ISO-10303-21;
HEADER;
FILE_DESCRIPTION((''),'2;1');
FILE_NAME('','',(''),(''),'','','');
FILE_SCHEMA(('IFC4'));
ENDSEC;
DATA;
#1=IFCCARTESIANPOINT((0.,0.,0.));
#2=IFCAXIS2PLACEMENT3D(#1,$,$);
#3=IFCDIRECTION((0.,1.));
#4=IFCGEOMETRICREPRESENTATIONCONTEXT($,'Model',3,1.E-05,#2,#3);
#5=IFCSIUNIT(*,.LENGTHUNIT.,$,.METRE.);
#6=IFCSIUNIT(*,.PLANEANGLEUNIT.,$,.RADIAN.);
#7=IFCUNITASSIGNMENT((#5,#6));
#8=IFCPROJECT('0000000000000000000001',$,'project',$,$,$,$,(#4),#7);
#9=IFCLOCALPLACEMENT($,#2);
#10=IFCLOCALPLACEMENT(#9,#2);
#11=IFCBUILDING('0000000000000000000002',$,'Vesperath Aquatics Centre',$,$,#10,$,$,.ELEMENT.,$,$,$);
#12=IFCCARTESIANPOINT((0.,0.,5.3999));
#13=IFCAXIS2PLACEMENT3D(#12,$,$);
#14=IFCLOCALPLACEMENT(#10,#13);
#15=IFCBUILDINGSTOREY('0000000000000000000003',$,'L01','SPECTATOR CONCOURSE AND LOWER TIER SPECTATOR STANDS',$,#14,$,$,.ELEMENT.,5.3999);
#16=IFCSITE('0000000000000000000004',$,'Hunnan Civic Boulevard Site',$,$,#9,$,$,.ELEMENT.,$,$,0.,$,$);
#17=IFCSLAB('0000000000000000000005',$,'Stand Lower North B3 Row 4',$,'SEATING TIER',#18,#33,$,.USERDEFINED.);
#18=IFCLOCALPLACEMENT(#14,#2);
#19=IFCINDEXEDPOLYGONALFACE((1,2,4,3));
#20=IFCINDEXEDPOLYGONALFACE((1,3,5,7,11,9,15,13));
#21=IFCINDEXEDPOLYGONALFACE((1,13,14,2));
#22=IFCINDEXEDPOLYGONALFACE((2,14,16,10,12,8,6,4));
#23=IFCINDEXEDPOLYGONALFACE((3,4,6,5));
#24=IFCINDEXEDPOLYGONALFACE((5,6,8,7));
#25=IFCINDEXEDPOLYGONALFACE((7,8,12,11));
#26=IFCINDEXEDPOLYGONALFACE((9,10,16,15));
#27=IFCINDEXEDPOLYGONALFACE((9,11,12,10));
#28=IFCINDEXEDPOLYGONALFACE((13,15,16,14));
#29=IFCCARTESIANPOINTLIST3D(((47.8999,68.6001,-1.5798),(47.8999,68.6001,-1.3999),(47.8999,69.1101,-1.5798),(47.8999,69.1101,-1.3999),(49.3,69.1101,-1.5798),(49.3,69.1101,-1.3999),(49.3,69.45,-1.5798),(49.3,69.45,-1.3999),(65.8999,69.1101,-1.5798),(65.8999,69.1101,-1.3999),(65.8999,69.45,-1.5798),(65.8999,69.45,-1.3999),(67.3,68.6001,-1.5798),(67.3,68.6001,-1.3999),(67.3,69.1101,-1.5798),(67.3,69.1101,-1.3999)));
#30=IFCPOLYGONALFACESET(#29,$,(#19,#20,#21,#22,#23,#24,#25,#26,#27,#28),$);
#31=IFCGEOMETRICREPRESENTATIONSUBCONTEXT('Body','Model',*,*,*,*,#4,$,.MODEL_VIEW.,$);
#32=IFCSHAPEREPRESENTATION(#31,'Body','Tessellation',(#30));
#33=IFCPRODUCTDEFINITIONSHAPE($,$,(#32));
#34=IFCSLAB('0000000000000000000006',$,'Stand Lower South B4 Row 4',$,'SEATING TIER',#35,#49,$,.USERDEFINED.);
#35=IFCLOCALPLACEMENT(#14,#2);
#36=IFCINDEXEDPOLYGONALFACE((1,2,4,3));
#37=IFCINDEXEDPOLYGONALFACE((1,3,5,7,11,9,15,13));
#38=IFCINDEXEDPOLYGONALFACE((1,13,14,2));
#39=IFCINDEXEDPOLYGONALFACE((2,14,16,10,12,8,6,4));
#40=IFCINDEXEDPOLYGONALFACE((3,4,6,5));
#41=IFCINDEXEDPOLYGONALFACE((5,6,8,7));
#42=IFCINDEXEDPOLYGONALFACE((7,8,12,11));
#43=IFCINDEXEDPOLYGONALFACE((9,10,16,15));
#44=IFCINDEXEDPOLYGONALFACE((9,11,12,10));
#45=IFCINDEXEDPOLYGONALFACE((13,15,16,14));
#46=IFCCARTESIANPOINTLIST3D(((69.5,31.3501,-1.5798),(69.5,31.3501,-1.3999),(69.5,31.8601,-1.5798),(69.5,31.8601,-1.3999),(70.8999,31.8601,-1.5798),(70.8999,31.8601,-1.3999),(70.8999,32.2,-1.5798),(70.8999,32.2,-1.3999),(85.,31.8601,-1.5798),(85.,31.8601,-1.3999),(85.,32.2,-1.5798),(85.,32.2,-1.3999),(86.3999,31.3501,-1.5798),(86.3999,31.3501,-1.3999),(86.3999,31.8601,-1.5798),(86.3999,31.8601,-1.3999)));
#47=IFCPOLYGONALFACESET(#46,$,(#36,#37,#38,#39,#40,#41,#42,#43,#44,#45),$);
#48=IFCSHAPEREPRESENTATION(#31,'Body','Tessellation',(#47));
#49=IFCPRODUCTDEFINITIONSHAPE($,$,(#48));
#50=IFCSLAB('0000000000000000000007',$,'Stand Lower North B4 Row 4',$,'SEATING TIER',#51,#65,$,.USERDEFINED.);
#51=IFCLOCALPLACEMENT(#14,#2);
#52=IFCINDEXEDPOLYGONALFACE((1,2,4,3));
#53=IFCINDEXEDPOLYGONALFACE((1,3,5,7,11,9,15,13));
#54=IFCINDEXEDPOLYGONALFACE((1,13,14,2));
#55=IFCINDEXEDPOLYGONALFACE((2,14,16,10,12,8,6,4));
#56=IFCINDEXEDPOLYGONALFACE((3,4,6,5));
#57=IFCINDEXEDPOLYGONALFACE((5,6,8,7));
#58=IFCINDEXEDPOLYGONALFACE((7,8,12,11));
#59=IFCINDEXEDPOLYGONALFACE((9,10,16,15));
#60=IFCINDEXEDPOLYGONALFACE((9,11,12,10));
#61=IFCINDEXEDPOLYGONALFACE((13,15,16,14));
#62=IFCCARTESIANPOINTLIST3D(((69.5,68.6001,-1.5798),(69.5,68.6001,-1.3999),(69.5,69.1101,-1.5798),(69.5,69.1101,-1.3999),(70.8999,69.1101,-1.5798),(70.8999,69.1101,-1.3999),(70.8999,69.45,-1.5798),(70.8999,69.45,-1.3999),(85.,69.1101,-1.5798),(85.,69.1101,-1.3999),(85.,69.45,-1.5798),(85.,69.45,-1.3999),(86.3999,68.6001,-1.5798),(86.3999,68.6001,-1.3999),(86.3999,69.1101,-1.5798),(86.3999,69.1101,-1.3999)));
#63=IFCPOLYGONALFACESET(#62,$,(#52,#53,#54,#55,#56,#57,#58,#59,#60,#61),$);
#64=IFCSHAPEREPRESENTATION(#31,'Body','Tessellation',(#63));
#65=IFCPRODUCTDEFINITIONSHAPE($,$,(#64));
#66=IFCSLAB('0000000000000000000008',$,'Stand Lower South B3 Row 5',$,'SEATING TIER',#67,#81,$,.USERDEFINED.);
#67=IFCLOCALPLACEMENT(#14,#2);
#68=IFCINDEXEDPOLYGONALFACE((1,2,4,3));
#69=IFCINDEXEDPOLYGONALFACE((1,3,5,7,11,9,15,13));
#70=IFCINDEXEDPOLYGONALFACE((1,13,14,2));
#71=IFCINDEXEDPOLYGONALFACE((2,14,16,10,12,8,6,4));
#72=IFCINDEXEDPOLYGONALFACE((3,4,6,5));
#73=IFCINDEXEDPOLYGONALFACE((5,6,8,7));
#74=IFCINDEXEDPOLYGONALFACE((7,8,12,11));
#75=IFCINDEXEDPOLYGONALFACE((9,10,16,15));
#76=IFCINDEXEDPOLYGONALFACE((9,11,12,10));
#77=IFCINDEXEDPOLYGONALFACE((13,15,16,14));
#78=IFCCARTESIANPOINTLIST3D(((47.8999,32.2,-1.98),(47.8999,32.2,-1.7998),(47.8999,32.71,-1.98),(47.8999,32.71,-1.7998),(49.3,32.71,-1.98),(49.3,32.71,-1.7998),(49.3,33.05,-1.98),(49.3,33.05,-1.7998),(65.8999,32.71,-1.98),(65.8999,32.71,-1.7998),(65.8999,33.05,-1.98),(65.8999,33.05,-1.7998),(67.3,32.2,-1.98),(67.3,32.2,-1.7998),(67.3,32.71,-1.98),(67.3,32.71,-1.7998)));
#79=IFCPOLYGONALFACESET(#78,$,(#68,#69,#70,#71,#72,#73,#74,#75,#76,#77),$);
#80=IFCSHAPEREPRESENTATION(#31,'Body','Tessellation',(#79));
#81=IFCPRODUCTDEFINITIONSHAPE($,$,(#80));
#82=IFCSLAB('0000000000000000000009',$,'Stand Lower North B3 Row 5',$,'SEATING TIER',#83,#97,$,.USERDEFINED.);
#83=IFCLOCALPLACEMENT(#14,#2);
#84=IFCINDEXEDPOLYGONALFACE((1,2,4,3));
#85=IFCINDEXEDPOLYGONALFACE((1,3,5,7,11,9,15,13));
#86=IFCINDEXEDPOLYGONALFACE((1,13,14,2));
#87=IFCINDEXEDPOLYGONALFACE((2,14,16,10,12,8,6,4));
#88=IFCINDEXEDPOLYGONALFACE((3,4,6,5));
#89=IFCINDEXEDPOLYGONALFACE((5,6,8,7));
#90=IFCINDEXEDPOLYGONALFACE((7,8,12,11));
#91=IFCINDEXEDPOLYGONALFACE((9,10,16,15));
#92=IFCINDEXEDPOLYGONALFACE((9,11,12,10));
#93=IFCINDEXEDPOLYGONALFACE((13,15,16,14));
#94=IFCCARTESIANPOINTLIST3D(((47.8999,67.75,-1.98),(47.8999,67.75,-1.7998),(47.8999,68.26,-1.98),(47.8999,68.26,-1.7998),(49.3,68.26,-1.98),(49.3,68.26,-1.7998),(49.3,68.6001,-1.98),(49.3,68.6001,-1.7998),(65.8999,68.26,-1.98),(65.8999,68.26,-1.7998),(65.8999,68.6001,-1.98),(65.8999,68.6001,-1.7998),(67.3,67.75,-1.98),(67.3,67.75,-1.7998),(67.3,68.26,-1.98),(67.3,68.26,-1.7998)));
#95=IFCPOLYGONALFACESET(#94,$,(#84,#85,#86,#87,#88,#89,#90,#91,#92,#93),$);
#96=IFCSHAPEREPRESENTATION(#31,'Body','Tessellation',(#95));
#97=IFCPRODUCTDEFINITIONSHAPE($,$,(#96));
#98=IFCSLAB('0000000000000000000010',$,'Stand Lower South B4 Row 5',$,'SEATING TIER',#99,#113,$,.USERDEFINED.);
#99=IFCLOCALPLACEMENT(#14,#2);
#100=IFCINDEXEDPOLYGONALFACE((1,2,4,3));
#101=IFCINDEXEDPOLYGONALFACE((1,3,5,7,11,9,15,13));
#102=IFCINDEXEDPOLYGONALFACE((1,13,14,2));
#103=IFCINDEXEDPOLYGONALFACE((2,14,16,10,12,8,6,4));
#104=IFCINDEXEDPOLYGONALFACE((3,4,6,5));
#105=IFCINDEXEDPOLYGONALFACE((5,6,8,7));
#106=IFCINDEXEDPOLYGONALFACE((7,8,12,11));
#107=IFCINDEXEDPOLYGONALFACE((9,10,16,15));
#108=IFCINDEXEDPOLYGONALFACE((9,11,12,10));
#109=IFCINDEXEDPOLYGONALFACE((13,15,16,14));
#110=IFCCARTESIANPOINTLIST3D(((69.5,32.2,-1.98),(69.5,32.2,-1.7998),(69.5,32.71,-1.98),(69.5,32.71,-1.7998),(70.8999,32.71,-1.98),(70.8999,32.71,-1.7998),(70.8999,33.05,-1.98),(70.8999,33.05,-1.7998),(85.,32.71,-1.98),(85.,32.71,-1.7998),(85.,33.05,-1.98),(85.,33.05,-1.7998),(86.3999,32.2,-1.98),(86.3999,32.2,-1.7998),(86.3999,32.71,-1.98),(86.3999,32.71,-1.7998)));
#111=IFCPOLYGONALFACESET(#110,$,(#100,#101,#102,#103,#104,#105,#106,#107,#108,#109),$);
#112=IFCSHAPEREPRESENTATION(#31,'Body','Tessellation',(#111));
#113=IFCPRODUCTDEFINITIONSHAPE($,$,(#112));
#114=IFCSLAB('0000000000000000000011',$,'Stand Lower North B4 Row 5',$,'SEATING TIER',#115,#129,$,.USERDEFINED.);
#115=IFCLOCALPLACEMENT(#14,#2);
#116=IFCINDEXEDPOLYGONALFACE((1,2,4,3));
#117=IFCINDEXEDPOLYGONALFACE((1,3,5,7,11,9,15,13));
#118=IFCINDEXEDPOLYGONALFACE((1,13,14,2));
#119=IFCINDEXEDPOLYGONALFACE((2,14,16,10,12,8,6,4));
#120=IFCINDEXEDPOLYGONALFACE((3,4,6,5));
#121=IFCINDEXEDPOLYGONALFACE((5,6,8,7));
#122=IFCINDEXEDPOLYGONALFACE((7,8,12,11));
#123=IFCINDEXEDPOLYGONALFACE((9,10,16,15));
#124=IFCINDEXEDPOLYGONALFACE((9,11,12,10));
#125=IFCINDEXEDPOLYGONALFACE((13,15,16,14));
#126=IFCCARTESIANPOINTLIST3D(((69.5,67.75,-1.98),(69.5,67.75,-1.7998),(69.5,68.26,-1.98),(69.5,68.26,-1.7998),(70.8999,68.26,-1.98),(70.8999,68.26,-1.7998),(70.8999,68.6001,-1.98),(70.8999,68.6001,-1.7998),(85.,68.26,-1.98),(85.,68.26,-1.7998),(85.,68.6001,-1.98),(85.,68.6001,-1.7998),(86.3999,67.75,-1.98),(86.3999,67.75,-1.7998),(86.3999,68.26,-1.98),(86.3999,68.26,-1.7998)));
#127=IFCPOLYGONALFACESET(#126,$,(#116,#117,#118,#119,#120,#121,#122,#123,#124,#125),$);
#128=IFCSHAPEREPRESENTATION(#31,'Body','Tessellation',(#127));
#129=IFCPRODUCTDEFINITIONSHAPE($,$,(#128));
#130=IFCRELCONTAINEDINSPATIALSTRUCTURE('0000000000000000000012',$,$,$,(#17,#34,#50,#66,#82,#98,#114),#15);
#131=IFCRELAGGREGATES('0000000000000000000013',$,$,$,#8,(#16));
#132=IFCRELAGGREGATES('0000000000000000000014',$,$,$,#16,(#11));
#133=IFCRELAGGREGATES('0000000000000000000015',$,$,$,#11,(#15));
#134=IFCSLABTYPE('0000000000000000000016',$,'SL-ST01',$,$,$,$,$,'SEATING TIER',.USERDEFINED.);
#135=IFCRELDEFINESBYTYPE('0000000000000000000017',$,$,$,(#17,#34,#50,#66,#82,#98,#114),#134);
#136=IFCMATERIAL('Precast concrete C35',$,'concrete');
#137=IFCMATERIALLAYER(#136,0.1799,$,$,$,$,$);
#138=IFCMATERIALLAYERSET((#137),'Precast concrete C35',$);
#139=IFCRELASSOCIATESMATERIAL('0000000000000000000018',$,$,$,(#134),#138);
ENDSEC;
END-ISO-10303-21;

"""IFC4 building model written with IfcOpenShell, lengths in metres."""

from ifc_helpers import new_model, si_unit, direction, frame, origin, place, context, subcontext, project, spatial, polyline, outline, extrude, material, layer, layer_set, type_object, element, save


model = new_model("IFC4")

# Units and contexts
model_context = context("Model", 3, precision=1e-05, world=origin(), true_north=direction((0.0, 1.0)))
body_context = subcontext(model_context, "Body", "Model", "MODEL_VIEW")
ifc_project = project(units=[si_unit("LENGTHUNIT", "METRE"), si_unit("PLANEANGLEUNIT", "RADIAN")], contexts=[model_context])

# Site, building, storey
site_placement = place(None, origin())
site = spatial("IfcSite", under=ifc_project, at=site_placement, Name="Hunnan Civic Boulevard Site", CompositionType="ELEMENT", RefElevation=0.0)
building_placement = place(site_placement, origin())
building = spatial("IfcBuilding", under=site, at=building_placement, Name="Vesperath Aquatics Centre", CompositionType="ELEMENT")
storey_placement = place(building_placement, frame((0.0, 0.0, 5.3999)))
storey = spatial("IfcBuildingStorey", under=building, at=storey_placement, Name="L01", Description="SPECTATOR CONCOURSE AND LOWER TIER SPECTATOR STANDS", CompositionType="ELEMENT", Elevation=5.3999)

# Slabs
ifc_material_1 = material(Name="Precast concrete C35", Category="concrete")
ifc_layer_1 = layer(ifc_material_1, 0.1799)
ifc_layer_set_1 = layer_set([ifc_layer_1], Name="Precast concrete C35")
slab_type_1 = type_object("IfcSlabType", Name="SL-ST01", ElementType="SEATING TIER", PredefinedType="USERDEFINED", material=ifc_layer_set_1)
slab_1_placement = place(storey_placement, frame((0.0, 0.0, -1.5798)))
element("IfcSlab", 1, at=slab_1_placement, inside=storey, type_object=slab_type_1, Name="Stand Lower North B3 Row 4", ObjectType="SEATING TIER", PredefinedType="USERDEFINED", context=body_context, shape_type="SweptSolid", body=[
    extrude(outline(polyline([(47.8999, 68.6001), (67.3, 68.6001), (67.3, 69.1101), (65.8999, 69.1101), (65.8999, 69.45), (49.3, 69.45), (49.3, 69.1101), (47.8999, 69.1101), (47.8999, 68.6001)])), origin(), (0.0, 0.0, 1.0), 0.1799),
])
slab_2_placement = place(storey_placement, frame((0.0, 0.0, -1.5798)))
element("IfcSlab", 2, at=slab_2_placement, inside=storey, type_object=slab_type_1, Name="Stand Lower South B4 Row 4", ObjectType="SEATING TIER", PredefinedType="USERDEFINED", context=body_context, shape_type="SweptSolid", body=[
    extrude(outline(polyline([(69.5, 31.3501), (86.3999, 31.3501), (86.3999, 31.8601), (85.0, 31.8601), (85.0, 32.2), (70.8999, 32.2), (70.8999, 31.8601), (69.5, 31.8601), (69.5, 31.3501)])), origin(), (0.0, 0.0, 1.0), 0.1799),
])
slab_3_placement = place(storey_placement, frame((0.0, 0.0, -1.5798)))
element("IfcSlab", 3, at=slab_3_placement, inside=storey, type_object=slab_type_1, Name="Stand Lower North B4 Row 4", ObjectType="SEATING TIER", PredefinedType="USERDEFINED", context=body_context, shape_type="SweptSolid", body=[
    extrude(outline(polyline([(69.5, 68.6001), (86.3999, 68.6001), (86.3999, 69.1101), (85.0, 69.1101), (85.0, 69.45), (70.8999, 69.45), (70.8999, 69.1101), (69.5, 69.1101), (69.5, 68.6001)])), origin(), (0.0, 0.0, 1.0), 0.1799),
])
slab_4_placement = place(storey_placement, frame((0.0, 0.0, -1.98)))
element("IfcSlab", 4, at=slab_4_placement, inside=storey, type_object=slab_type_1, Name="Stand Lower South B3 Row 5", ObjectType="SEATING TIER", PredefinedType="USERDEFINED", context=body_context, shape_type="SweptSolid", body=[
    extrude(outline(polyline([(47.8999, 32.2), (67.3, 32.2), (67.3, 32.71), (65.8999, 32.71), (65.8999, 33.05), (49.3, 33.05), (49.3, 32.71), (47.8999, 32.71), (47.8999, 32.2)])), origin(), (0.0, 0.0, 1.0), 0.1802),
])
slab_5_placement = place(storey_placement, frame((0.0, 0.0, -1.98)))
element("IfcSlab", 5, at=slab_5_placement, inside=storey, type_object=slab_type_1, Name="Stand Lower North B3 Row 5", ObjectType="SEATING TIER", PredefinedType="USERDEFINED", context=body_context, shape_type="SweptSolid", body=[
    extrude(outline(polyline([(47.8999, 67.75), (67.3, 67.75), (67.3, 68.26), (65.8999, 68.26), (65.8999, 68.6001), (49.3, 68.6001), (49.3, 68.26), (47.8999, 68.26), (47.8999, 67.75)])), origin(), (0.0, 0.0, 1.0), 0.1802),
])
slab_6_placement = place(storey_placement, frame((0.0, 0.0, -1.98)))
element("IfcSlab", 6, at=slab_6_placement, inside=storey, type_object=slab_type_1, Name="Stand Lower South B4 Row 5", ObjectType="SEATING TIER", PredefinedType="USERDEFINED", context=body_context, shape_type="SweptSolid", body=[
    extrude(outline(polyline([(69.5, 32.2), (86.3999, 32.2), (86.3999, 32.71), (85.0, 32.71), (85.0, 33.05), (70.8999, 33.05), (70.8999, 32.71), (69.5, 32.71), (69.5, 32.2)])), origin(), (0.0, 0.0, 1.0), 0.1802),
])
slab_7_placement = place(storey_placement, frame((0.0, 0.0, -1.98)))
element("IfcSlab", 7, at=slab_7_placement, inside=storey, type_object=slab_type_1, Name="Stand Lower North B4 Row 5", ObjectType="SEATING TIER", PredefinedType="USERDEFINED", context=body_context, shape_type="SweptSolid", body=[
    extrude(outline(polyline([(69.5, 67.75), (86.3999, 67.75), (86.3999, 68.26), (85.0, 68.26), (85.0, 68.6001), (70.8999, 68.6001), (70.8999, 68.26), (69.5, 68.26), (69.5, 67.75)])), origin(), (0.0, 0.0, 1.0), 0.1802),
])

save(model, "model.ifc")
